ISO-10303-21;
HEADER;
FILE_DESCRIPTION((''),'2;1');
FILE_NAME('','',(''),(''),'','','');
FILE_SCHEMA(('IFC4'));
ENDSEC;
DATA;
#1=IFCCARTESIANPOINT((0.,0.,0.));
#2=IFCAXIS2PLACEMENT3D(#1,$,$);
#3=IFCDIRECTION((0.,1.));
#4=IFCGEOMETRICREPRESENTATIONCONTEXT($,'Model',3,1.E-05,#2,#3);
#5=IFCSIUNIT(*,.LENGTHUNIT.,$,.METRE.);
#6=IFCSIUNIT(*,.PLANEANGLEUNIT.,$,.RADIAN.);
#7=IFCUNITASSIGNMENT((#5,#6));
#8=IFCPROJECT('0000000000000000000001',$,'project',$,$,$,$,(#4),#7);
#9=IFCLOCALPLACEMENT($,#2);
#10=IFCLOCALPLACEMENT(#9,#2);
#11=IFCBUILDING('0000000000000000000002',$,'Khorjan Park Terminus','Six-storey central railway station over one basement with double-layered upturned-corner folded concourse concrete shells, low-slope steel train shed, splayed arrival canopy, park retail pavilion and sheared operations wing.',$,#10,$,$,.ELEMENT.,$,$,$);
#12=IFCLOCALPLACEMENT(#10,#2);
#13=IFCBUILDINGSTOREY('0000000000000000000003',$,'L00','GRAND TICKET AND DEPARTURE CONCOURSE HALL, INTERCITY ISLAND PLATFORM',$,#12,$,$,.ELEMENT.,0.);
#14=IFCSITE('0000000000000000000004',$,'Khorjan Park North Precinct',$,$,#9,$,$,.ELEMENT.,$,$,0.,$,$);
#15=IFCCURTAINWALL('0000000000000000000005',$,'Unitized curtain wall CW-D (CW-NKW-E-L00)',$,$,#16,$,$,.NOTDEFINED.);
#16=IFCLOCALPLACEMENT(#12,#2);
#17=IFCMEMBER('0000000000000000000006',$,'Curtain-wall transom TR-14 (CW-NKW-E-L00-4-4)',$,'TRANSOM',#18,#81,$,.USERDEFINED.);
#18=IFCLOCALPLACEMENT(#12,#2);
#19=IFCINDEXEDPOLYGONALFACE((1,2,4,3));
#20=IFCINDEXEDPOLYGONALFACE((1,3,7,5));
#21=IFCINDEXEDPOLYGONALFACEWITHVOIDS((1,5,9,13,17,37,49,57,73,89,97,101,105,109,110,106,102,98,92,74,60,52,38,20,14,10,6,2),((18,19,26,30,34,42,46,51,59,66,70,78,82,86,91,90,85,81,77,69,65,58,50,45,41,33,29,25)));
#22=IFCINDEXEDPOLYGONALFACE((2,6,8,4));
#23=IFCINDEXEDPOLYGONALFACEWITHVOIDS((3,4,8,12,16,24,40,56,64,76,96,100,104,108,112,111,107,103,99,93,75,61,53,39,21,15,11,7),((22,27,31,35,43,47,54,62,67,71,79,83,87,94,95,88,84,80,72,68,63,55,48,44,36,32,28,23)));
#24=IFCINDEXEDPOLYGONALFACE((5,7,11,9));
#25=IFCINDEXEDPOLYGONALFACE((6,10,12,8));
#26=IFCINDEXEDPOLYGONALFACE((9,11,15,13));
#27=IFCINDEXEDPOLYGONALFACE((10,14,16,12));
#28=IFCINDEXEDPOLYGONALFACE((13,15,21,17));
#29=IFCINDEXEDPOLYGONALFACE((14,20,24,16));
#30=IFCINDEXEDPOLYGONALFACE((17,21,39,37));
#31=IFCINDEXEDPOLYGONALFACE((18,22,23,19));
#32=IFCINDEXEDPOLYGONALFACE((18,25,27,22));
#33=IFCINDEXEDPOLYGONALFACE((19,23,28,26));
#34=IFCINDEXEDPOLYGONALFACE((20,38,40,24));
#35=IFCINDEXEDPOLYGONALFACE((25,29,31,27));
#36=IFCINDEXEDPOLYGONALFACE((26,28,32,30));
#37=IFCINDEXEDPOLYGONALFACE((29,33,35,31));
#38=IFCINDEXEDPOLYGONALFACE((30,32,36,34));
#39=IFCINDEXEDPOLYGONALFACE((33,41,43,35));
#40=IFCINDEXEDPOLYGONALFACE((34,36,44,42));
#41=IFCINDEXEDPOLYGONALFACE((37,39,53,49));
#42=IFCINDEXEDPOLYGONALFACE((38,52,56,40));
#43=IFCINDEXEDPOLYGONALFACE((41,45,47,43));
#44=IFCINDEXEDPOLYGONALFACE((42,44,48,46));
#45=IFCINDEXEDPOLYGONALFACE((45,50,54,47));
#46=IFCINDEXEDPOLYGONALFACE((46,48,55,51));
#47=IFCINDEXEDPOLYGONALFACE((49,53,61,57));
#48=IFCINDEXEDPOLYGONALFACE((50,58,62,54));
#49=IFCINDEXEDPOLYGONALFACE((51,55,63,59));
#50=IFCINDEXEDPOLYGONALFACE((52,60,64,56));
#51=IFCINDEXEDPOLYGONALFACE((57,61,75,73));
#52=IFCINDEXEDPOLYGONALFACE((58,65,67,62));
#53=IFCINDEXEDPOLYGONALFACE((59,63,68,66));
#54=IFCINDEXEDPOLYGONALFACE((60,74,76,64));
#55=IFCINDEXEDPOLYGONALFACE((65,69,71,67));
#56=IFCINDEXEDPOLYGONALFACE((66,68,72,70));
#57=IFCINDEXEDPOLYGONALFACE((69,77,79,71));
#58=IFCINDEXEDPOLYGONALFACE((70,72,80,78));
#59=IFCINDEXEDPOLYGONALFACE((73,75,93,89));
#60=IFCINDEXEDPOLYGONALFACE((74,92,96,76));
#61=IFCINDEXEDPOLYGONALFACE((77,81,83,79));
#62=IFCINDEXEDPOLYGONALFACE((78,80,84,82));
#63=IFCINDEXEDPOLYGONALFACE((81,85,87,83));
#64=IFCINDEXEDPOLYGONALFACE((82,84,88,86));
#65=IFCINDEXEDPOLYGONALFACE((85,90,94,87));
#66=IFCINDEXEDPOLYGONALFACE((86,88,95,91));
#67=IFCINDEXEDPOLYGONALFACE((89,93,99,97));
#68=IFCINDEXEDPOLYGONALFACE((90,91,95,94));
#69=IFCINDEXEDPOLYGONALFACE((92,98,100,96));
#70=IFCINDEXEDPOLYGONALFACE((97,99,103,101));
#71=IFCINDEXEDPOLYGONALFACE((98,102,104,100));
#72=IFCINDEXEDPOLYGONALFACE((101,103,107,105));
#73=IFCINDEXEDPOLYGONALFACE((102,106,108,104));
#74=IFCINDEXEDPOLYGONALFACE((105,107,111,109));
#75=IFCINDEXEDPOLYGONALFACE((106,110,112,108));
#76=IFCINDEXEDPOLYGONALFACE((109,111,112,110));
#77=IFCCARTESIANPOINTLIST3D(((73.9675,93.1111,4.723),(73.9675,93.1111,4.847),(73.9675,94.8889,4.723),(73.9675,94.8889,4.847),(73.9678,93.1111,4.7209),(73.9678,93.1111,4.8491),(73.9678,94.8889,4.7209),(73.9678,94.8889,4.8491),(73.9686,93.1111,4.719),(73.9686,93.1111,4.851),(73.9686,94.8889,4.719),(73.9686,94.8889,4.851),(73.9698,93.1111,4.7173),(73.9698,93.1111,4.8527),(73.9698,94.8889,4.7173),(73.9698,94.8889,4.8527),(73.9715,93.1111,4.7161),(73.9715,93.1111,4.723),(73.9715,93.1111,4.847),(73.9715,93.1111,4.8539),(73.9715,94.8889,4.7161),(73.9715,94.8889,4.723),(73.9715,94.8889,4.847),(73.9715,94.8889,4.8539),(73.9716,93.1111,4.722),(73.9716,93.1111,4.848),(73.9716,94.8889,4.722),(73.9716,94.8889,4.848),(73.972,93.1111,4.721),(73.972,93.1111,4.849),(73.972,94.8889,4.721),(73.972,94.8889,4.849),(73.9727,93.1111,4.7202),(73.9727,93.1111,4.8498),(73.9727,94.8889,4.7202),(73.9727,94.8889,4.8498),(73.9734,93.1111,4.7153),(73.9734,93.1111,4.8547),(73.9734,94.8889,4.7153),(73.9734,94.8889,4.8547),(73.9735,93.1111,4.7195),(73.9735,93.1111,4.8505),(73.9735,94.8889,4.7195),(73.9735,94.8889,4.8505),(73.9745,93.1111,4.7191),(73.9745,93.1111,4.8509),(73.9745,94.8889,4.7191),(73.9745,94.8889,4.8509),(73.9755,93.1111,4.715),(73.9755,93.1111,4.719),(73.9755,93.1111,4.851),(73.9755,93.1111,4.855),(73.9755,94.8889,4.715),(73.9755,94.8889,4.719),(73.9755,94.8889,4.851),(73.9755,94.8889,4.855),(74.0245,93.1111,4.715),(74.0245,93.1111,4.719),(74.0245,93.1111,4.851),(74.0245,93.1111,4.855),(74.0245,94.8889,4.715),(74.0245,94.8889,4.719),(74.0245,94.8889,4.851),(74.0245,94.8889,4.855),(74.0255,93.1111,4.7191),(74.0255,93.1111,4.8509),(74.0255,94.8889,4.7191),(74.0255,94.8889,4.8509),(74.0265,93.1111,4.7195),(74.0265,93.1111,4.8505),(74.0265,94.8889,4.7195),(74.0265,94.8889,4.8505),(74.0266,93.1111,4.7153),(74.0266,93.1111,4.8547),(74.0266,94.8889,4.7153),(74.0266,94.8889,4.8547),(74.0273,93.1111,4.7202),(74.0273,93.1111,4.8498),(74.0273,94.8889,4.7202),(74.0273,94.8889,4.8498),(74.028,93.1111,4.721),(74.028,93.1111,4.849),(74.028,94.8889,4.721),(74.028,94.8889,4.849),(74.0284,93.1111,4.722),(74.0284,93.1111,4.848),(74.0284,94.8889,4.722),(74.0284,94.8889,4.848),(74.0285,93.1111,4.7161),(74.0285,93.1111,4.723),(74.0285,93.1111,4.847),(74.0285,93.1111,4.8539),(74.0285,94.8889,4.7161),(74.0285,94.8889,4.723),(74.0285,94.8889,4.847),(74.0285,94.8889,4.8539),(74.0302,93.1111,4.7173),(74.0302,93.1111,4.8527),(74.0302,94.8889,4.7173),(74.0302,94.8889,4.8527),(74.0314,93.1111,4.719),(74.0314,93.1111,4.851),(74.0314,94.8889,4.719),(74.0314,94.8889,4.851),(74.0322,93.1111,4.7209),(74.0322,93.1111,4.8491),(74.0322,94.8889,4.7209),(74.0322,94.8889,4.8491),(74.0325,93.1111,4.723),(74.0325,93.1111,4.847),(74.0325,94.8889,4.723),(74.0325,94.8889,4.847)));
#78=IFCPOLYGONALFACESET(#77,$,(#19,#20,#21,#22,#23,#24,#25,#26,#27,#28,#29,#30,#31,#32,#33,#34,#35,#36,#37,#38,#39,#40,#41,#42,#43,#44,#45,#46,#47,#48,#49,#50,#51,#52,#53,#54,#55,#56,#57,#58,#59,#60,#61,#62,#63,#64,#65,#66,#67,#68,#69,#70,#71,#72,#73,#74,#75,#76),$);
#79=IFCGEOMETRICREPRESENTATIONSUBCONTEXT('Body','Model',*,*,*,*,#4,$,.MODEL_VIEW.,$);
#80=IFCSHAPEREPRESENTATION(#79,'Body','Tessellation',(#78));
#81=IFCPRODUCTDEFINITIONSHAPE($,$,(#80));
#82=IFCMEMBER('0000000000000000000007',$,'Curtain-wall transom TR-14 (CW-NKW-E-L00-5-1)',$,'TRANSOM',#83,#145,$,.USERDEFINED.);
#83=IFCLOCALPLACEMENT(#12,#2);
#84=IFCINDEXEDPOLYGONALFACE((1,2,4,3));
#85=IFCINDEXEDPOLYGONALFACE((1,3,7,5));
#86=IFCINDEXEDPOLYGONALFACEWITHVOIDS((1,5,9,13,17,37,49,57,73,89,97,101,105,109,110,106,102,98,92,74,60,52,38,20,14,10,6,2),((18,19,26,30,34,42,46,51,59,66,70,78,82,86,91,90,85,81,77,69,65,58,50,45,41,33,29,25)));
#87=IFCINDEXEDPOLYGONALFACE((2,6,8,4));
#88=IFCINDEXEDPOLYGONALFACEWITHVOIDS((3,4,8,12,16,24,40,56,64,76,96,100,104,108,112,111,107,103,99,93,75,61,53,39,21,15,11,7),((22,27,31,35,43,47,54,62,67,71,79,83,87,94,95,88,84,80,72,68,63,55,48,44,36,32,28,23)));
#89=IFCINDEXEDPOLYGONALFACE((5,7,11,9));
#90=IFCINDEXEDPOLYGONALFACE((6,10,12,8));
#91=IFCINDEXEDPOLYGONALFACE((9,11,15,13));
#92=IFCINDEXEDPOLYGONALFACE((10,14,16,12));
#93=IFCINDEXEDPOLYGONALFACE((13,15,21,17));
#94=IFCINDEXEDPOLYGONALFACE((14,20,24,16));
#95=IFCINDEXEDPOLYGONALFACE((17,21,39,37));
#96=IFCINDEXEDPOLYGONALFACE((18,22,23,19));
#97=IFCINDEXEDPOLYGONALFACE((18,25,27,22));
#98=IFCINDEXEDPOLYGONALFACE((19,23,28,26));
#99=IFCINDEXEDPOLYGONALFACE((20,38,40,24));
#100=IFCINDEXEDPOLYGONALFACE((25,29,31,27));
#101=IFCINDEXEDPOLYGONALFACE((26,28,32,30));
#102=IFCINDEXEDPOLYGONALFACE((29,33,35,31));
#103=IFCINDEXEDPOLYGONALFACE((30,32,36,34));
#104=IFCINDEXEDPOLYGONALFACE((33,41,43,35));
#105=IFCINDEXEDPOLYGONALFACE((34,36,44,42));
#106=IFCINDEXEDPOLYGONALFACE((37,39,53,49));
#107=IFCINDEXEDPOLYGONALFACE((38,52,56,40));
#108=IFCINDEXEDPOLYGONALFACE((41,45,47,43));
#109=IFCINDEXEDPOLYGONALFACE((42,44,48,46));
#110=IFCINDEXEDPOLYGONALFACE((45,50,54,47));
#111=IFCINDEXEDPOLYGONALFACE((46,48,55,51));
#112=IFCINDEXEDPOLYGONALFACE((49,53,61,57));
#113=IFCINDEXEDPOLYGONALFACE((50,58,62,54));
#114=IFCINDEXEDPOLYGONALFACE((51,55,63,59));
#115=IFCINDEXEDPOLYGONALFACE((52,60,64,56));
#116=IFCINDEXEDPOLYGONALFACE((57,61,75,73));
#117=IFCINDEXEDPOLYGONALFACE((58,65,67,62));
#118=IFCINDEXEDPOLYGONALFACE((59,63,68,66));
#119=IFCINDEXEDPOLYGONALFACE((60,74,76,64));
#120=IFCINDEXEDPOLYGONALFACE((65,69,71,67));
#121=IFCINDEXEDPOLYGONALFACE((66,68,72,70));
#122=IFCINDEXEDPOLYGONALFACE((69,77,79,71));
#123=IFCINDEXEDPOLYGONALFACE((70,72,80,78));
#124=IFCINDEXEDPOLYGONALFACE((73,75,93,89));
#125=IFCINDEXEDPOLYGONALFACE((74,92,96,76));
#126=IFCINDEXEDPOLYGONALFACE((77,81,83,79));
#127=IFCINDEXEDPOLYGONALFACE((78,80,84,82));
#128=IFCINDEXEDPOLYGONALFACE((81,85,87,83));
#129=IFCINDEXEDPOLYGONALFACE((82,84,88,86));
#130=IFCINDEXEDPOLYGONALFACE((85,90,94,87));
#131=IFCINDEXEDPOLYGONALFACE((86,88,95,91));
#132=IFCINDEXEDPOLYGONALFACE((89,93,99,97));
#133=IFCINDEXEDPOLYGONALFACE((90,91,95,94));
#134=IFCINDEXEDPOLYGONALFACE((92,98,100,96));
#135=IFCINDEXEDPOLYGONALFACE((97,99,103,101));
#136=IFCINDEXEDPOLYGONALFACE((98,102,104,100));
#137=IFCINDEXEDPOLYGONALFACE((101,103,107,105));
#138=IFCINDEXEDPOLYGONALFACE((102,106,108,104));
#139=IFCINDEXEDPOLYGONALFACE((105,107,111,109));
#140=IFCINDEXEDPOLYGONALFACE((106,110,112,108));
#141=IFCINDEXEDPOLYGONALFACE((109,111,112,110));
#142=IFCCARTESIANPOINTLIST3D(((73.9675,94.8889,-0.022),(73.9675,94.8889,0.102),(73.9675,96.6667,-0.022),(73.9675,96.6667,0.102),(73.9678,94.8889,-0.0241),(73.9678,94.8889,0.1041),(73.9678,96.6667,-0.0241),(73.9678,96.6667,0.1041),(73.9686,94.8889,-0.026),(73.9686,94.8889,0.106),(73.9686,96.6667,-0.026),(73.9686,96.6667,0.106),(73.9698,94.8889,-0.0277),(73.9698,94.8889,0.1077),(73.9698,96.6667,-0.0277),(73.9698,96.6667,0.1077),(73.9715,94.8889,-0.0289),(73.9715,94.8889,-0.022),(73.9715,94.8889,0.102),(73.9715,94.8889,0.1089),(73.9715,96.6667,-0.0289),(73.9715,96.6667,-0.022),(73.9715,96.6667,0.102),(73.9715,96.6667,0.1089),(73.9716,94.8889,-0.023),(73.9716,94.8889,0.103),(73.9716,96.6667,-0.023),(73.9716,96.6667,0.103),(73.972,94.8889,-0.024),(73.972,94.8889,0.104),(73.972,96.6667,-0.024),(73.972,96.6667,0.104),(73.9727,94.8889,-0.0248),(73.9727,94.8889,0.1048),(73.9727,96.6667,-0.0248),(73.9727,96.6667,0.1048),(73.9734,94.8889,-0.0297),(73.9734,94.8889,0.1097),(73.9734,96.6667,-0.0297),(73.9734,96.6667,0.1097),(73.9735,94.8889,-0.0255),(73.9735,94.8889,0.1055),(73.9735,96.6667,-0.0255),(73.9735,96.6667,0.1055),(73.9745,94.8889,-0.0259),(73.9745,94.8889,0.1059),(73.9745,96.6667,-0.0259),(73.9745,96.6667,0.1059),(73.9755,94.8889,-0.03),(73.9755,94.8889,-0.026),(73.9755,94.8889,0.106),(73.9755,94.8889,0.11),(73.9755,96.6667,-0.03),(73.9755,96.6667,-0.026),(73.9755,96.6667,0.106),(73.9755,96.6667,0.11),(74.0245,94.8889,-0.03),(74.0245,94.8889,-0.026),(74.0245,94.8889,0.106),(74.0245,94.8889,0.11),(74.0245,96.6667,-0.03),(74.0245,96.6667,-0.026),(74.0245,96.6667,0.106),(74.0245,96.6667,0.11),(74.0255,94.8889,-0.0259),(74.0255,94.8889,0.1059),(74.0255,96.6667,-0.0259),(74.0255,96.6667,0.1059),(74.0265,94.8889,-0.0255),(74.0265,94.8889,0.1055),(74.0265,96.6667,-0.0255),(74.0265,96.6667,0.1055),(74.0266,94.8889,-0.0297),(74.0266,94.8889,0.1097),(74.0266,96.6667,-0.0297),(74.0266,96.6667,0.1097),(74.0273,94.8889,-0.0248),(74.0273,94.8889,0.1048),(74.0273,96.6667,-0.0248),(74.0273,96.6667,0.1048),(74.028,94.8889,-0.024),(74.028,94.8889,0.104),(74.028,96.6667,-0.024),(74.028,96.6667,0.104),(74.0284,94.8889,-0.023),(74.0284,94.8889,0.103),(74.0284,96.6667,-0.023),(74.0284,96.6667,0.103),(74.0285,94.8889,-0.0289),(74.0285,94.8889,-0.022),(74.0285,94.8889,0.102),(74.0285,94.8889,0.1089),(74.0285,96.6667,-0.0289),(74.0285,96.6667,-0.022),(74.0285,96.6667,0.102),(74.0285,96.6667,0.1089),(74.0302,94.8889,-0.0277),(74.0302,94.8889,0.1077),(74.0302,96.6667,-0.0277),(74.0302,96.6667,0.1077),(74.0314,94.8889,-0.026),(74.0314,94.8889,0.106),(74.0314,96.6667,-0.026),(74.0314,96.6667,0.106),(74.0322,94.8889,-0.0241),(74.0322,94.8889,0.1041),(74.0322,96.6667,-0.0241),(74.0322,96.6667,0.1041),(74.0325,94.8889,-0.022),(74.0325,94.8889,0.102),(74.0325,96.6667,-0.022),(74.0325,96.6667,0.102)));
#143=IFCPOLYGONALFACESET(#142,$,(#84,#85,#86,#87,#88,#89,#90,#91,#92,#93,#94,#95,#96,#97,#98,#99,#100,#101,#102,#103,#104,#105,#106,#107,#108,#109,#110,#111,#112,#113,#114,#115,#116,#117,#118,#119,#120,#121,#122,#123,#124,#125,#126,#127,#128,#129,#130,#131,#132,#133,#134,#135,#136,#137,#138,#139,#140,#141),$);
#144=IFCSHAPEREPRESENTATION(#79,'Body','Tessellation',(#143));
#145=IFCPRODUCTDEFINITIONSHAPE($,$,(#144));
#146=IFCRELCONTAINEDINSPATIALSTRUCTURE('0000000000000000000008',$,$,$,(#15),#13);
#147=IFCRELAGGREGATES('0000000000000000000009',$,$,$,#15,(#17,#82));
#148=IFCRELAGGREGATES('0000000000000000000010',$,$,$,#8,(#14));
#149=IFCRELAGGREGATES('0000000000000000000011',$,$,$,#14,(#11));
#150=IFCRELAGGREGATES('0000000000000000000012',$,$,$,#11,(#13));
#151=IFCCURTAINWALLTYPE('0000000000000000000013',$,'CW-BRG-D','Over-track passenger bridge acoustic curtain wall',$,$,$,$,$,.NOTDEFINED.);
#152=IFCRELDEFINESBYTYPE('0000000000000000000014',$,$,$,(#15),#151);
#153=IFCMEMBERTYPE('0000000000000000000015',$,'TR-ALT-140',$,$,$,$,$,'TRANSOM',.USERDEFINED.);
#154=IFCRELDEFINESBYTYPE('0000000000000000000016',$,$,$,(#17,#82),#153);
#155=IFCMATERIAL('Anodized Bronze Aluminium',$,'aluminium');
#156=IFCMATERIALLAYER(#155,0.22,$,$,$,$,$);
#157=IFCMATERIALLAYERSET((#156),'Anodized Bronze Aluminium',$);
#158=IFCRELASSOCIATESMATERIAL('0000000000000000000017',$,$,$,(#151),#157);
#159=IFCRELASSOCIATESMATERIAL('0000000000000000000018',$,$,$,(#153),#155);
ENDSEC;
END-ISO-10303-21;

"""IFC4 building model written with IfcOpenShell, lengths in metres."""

from ifc_helpers import new_model, si_unit, direction, frame, origin, origin_2d, place, context, subcontext, project, spatial, hollow_rectangle, extrude, material, layer, layer_set, material_profile, profile_set, type_object, element, aggregate, save


model = new_model("IFC4")

# Units and contexts
model_context = context("Model", 3, precision=1e-05, world=origin(), true_north=direction((0.0, 1.0)))
body_context = subcontext(model_context, "Body", "Model", "MODEL_VIEW")
ifc_project = project(units=[si_unit("LENGTHUNIT", "METRE"), si_unit("PLANEANGLEUNIT", "RADIAN")], contexts=[model_context])

# Site, building, storey
site_placement = place(None, origin())
site = spatial("IfcSite", under=ifc_project, at=site_placement, Name="Khorjan Park North Precinct", CompositionType="ELEMENT", RefElevation=0.0)
building_placement = place(site_placement, origin())
building = spatial("IfcBuilding", under=site, at=building_placement, Name="Khorjan Park Terminus", Description="Six-storey central railway station over one basement with double-layered upturned-corner folded concourse concrete shells, low-slope steel train shed, splayed arrival canopy, park retail pavilion and sheared operations wing.", CompositionType="ELEMENT")
storey_placement = place(building_placement, origin())
storey = spatial("IfcBuildingStorey", under=building, at=storey_placement, Name="L00", Description="GRAND TICKET AND DEPARTURE CONCOURSE HALL, INTERCITY ISLAND PLATFORM", CompositionType="ELEMENT", Elevation=0.0)

# Curtain wall, members
ifc_material_1 = material(Name="Anodized Bronze Aluminium", Category="aluminium")
ifc_layer_1 = layer(ifc_material_1, 0.22)
ifc_layer_set_1 = layer_set([ifc_layer_1], Name="Anodized Bronze Aluminium")
curtain_wall_type = type_object("IfcCurtainWallType", Name="CW-BRG-D", Description="Over-track passenger bridge acoustic curtain wall", PredefinedType="NOTDEFINED", material=ifc_layer_set_1)
curtain_wall_placement = place(storey_placement, origin())
curtain_wall = element("IfcCurtainWall", 1, at=curtain_wall_placement, inside=storey, type_object=curtain_wall_type, Name="Unitized curtain wall CW-D (CW-NKW-E-L00)", PredefinedType="NOTDEFINED")
ifc_material_profile_1 = material_profile(ifc_material_1, hollow_rectangle(XDim=0.065, YDim=0.14, WallThickness=0.004, InnerFilletRadius=0.004, OuterFilletRadius=0.008, at=origin_2d()), Name="ALT 65x140x4")
ifc_profile_set_1 = profile_set([ifc_material_profile_1], Name="Anodized Bronze Aluminium")
member_type_1 = type_object("IfcMemberType", Name="TR-ALT-140", ElementType="TRANSOM", PredefinedType="USERDEFINED", material=ifc_profile_set_1)
member_1_placement = place(storey_placement, frame((74.0, 93.1111, 4.785), z_axis=(0.0, 1.0, 0.0), x_axis=(-1.0, 0.0, 0.0)))
member_1 = element("IfcMember", 2, at=member_1_placement, type_object=member_type_1, Name="Curtain-wall transom TR-14 (CW-NKW-E-L00-4-4)", ObjectType="TRANSOM", PredefinedType="USERDEFINED", context=body_context, shape_type="SweptSolid", body=[
    extrude(hollow_rectangle(XDim=0.065, YDim=0.14, WallThickness=0.004, InnerFilletRadius=0.004, OuterFilletRadius=0.008, at=origin_2d()), origin(), (0.0, 0.0, 1.0), 1.7778),
])
member_2_placement = place(storey_placement, frame((74.0, 94.8889, 0.04), z_axis=(0.0, 1.0, 0.0), x_axis=(-1.0, 0.0, 0.0)))
member_2 = element("IfcMember", 3, at=member_2_placement, type_object=member_type_1, Name="Curtain-wall transom TR-14 (CW-NKW-E-L00-5-1)", ObjectType="TRANSOM", PredefinedType="USERDEFINED", context=body_context, shape_type="SweptSolid", body=[
    extrude(hollow_rectangle(XDim=0.065, YDim=0.14, WallThickness=0.004, InnerFilletRadius=0.004, OuterFilletRadius=0.008, at=origin_2d()), origin(), (0.0, 0.0, 1.0), 1.7778),
])
aggregate(curtain_wall, [member_1, member_2])

save(model, "model.ifc")
